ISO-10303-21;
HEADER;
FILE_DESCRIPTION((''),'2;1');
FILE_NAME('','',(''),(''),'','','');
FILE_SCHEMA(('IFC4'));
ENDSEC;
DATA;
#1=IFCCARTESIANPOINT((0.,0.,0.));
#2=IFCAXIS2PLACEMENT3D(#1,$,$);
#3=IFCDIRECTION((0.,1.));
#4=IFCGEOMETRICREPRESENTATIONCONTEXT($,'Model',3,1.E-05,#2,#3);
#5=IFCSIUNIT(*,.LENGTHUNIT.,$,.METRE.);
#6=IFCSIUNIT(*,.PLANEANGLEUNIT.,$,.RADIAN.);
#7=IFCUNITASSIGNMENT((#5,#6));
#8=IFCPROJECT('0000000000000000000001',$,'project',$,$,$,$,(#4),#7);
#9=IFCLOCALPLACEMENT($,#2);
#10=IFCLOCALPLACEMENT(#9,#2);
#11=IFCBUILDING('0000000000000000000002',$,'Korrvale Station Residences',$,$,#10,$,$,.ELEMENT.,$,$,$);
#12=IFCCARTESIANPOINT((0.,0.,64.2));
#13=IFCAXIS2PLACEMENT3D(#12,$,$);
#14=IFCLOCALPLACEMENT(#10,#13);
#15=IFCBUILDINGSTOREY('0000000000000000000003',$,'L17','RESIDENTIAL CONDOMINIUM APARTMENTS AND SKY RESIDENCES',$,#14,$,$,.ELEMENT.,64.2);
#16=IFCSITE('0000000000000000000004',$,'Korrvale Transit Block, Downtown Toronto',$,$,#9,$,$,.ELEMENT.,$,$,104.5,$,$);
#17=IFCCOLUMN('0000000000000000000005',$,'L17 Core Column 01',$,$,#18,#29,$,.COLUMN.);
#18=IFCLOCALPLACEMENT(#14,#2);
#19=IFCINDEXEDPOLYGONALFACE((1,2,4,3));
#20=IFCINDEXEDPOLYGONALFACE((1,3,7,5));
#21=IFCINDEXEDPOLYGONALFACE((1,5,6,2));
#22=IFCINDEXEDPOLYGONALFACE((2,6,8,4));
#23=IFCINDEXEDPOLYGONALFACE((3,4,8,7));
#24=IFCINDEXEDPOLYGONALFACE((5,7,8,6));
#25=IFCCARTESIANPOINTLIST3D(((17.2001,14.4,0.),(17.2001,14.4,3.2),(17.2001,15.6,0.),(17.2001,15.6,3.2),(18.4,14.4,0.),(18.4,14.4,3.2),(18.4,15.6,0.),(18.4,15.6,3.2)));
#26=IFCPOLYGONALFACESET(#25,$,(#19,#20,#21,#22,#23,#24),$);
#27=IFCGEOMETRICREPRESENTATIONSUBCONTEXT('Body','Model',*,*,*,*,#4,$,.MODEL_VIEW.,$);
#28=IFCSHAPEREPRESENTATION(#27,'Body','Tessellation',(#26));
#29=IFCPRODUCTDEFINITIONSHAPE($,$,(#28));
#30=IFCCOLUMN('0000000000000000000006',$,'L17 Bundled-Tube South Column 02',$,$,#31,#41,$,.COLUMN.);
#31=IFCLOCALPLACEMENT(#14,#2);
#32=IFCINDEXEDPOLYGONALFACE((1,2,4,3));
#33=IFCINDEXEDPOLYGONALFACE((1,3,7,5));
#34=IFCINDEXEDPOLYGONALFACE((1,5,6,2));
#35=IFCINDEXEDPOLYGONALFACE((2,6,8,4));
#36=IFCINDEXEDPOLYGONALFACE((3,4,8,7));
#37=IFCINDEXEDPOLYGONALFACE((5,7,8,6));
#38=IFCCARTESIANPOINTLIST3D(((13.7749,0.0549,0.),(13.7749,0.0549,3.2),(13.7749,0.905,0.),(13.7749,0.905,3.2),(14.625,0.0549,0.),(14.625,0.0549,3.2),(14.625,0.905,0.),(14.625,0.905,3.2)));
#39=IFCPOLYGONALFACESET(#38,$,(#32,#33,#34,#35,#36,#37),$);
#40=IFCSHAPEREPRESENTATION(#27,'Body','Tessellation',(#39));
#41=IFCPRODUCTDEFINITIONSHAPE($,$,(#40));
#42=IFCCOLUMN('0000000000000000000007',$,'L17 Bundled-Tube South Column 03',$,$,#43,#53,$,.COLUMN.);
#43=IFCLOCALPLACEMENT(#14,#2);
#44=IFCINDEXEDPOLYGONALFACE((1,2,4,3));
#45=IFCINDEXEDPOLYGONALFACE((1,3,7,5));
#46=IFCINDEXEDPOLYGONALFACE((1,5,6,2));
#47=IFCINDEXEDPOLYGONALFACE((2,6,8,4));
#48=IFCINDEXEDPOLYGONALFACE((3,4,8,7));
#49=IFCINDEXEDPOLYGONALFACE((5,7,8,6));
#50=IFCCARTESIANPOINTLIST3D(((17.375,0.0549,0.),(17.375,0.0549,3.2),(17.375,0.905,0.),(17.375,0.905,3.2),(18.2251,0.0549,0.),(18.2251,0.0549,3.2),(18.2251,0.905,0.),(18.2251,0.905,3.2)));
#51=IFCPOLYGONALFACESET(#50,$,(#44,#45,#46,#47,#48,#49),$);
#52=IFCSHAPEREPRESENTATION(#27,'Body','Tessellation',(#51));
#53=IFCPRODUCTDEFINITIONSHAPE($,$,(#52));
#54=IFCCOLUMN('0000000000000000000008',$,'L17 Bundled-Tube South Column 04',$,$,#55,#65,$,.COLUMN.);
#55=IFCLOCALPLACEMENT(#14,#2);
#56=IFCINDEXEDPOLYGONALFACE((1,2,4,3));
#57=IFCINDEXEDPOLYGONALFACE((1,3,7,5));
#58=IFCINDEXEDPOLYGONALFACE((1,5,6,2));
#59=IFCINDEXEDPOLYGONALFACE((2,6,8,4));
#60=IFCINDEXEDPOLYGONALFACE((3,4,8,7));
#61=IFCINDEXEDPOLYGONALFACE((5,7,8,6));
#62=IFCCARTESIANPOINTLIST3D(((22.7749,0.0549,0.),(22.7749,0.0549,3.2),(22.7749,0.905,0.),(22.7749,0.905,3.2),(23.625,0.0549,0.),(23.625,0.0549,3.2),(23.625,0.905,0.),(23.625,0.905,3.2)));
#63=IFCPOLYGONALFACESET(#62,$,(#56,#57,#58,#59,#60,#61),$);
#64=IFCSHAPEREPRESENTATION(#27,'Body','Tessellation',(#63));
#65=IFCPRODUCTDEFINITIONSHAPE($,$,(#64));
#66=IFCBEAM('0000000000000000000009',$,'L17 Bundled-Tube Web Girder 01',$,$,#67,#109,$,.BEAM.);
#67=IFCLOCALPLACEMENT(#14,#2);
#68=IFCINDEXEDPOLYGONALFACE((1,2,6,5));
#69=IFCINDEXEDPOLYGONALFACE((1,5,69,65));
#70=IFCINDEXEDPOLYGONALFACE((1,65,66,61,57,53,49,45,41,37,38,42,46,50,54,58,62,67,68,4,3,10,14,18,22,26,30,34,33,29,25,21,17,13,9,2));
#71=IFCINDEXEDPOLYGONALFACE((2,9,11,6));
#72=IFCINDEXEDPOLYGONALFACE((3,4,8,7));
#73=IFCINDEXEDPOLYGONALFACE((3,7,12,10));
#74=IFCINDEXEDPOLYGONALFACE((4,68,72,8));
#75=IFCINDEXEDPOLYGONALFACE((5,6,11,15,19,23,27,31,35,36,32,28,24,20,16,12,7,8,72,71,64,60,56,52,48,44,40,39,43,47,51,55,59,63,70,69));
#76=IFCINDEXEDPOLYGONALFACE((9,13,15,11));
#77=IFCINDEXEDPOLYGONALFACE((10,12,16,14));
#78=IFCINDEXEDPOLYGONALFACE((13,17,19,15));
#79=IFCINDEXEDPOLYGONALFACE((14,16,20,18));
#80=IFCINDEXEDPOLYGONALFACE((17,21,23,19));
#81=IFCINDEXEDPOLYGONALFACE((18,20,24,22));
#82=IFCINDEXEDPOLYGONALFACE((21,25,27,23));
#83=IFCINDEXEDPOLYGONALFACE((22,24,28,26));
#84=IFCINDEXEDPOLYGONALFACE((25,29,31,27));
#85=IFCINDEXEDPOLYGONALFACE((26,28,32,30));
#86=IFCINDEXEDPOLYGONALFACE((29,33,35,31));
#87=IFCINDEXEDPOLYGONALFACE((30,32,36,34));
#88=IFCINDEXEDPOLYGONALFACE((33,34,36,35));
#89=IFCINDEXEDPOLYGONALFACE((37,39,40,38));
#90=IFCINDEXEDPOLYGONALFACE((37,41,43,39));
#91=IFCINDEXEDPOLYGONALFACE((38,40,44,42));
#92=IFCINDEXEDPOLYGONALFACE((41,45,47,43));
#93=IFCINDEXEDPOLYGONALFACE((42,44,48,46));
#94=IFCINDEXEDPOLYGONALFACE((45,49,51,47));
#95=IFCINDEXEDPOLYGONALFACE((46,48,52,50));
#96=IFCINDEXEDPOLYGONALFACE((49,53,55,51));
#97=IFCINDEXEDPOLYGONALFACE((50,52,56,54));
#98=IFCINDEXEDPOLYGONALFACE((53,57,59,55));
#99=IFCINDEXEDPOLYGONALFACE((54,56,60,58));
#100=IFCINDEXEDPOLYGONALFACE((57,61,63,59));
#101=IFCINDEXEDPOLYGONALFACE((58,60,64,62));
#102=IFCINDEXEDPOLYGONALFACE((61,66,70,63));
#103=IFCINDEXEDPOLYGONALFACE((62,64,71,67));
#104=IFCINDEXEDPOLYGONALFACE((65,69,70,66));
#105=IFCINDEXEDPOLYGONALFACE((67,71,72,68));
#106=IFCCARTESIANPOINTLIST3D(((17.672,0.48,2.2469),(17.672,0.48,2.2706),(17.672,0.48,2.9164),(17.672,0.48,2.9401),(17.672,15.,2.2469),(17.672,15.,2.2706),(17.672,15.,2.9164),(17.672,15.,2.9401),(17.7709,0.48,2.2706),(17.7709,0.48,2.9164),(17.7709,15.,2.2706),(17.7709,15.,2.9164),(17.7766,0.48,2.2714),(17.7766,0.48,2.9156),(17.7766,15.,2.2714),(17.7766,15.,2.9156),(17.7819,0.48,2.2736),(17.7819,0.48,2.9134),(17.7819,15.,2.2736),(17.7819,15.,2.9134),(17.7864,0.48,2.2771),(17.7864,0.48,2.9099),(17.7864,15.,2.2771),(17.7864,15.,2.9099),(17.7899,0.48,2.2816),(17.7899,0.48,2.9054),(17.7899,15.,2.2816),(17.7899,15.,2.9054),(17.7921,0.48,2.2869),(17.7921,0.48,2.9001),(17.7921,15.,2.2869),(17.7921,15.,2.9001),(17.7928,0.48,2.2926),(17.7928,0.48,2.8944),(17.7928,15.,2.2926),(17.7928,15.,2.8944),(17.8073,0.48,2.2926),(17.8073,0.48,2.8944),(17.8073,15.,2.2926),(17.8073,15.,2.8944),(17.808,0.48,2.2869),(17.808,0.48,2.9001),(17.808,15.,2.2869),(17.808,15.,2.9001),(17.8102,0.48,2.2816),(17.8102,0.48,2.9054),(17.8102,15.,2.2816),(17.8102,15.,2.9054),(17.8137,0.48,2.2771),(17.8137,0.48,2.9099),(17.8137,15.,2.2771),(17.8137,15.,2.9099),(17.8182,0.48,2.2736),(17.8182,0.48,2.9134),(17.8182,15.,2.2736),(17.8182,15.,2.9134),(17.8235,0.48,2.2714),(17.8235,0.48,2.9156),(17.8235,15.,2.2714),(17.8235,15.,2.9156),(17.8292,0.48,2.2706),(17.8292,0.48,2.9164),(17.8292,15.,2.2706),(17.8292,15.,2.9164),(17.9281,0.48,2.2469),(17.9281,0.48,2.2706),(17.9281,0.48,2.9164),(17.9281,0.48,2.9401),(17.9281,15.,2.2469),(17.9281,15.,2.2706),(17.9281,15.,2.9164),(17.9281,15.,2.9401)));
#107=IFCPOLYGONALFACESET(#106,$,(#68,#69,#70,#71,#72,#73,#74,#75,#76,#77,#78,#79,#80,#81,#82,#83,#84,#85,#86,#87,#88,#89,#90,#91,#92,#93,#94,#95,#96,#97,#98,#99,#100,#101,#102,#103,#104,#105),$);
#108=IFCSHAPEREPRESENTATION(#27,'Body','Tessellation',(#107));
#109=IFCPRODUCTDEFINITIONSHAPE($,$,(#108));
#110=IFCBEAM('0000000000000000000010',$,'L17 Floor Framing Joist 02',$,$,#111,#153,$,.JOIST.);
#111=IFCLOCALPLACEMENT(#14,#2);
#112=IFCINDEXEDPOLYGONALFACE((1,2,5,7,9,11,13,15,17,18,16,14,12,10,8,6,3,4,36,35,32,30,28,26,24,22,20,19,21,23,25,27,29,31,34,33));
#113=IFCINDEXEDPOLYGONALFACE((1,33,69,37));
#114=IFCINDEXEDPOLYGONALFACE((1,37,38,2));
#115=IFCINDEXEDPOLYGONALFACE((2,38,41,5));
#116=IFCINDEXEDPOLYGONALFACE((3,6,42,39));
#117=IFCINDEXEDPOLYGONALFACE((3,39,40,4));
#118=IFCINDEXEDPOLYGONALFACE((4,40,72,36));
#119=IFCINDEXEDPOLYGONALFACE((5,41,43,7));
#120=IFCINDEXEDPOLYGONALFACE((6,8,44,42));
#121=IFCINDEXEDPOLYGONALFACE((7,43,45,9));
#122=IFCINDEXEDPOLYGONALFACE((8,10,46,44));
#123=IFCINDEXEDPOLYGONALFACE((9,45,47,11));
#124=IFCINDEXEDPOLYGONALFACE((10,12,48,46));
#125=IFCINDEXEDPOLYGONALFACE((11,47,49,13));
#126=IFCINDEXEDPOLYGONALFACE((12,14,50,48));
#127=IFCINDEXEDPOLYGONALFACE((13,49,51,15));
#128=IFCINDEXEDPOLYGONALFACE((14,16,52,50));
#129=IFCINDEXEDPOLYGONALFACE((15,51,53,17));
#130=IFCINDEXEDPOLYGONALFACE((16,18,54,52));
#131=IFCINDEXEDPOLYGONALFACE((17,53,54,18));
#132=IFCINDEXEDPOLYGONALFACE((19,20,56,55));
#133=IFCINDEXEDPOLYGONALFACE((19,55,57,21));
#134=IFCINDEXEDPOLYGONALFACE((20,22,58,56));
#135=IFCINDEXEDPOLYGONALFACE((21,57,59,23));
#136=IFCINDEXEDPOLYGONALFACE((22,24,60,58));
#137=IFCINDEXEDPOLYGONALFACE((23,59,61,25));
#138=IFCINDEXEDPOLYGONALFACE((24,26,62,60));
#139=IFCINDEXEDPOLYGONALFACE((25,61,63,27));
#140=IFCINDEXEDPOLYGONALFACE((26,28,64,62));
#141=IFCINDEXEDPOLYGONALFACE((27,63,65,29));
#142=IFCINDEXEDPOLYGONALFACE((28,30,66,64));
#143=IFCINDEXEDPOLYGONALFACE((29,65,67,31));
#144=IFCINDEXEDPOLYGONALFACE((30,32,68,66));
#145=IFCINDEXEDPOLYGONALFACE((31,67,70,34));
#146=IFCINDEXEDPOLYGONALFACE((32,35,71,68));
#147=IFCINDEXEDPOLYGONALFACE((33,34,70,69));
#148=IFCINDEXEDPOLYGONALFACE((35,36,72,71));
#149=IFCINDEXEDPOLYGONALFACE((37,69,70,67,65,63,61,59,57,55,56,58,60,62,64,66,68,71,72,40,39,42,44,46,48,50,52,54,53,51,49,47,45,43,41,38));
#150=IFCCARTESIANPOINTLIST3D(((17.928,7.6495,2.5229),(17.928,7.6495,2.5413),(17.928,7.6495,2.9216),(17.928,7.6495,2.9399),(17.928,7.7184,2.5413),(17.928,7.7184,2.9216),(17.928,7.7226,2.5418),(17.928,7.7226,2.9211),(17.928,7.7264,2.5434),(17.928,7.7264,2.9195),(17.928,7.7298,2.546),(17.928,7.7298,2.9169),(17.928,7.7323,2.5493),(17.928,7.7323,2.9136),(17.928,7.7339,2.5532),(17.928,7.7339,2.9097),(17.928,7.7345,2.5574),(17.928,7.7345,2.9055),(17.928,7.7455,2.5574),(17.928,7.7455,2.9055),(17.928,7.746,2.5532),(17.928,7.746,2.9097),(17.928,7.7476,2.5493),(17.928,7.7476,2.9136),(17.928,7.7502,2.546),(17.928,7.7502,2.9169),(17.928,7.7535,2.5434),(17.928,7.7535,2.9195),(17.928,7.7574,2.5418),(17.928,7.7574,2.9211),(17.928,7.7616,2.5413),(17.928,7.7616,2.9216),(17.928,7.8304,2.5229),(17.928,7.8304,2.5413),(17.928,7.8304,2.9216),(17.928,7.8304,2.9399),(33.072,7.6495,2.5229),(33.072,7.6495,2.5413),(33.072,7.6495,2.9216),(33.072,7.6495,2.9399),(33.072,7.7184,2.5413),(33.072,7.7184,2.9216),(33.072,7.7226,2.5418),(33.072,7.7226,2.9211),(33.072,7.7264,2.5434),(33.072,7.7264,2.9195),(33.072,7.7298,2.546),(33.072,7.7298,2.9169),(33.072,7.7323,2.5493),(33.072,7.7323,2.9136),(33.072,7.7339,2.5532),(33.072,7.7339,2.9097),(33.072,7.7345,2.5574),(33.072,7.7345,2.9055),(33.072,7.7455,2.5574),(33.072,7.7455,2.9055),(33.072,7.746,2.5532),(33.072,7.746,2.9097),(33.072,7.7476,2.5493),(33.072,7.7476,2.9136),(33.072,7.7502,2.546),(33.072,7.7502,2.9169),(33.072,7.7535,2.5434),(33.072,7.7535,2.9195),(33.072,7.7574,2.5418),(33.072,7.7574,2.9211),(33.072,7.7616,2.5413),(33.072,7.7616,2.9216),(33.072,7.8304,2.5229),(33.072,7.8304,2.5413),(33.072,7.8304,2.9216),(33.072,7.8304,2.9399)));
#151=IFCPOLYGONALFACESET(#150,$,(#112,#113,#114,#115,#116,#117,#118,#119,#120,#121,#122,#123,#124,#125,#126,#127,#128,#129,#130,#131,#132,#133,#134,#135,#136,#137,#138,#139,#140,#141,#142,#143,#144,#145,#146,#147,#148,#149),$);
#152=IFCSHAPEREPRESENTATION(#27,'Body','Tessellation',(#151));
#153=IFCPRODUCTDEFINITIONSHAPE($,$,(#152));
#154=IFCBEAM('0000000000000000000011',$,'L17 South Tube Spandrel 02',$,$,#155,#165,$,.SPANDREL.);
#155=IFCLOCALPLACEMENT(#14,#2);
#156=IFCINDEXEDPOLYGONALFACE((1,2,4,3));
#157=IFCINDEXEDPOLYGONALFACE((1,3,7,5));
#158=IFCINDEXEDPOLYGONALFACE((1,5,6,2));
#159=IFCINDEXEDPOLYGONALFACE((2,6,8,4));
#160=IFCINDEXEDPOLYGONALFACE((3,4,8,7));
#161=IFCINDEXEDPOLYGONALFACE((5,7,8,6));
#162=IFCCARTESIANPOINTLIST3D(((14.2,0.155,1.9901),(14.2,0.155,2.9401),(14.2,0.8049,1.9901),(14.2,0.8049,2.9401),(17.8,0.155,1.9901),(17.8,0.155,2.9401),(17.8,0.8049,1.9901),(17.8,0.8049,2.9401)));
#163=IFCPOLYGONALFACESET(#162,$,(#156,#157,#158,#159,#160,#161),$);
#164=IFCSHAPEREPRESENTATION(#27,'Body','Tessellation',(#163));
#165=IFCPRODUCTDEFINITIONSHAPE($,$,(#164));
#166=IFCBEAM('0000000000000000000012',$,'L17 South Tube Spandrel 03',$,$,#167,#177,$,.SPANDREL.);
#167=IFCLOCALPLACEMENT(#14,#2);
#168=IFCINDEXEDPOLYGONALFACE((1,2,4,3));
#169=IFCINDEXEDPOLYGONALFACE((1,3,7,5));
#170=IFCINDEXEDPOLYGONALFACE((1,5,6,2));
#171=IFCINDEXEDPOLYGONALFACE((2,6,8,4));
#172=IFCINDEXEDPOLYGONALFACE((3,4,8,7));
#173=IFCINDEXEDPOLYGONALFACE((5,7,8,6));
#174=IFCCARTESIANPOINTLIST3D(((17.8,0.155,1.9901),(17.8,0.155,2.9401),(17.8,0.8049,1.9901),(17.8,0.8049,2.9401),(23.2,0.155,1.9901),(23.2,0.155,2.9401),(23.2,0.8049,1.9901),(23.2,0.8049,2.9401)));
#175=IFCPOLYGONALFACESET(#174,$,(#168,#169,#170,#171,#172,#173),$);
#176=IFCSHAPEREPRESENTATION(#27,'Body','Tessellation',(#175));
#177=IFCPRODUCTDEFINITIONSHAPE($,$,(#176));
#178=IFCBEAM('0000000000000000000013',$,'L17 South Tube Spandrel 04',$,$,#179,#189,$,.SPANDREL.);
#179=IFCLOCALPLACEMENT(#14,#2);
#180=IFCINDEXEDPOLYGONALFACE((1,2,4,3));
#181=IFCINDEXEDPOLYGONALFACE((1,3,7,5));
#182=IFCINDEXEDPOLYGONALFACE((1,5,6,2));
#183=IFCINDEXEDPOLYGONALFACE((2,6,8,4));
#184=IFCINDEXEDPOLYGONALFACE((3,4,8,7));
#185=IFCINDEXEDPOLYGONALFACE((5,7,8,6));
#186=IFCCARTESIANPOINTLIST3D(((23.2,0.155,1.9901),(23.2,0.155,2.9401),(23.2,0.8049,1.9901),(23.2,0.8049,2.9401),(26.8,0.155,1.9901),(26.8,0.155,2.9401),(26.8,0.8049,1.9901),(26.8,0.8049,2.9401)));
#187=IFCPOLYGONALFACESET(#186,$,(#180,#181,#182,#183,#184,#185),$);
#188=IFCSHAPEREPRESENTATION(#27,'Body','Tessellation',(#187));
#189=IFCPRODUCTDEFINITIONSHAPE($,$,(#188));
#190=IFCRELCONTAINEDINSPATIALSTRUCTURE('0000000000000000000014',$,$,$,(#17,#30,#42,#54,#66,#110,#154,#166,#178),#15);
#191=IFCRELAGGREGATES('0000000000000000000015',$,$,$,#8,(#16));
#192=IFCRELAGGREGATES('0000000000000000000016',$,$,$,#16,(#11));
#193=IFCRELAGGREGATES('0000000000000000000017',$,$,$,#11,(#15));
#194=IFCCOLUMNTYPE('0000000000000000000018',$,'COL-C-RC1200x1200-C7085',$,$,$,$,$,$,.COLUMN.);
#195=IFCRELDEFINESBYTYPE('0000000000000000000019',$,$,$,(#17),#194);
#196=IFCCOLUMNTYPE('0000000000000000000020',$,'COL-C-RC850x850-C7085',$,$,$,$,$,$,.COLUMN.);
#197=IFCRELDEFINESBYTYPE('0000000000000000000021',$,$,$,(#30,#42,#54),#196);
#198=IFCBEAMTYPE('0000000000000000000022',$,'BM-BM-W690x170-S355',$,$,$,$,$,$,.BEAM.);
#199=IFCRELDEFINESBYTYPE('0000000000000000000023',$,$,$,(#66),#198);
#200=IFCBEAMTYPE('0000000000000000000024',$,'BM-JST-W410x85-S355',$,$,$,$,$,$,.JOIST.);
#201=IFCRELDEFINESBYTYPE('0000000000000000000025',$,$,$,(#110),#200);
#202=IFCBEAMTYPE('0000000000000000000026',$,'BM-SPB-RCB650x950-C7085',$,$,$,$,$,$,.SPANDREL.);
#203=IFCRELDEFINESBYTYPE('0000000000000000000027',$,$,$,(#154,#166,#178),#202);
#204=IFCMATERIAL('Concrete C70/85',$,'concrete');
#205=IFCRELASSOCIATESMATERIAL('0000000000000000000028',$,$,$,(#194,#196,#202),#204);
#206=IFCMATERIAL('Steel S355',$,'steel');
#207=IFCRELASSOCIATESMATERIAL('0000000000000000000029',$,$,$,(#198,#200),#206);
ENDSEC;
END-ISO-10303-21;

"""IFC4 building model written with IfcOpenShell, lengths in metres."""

from ifc_helpers import new_model, si_unit, direction, frame, origin, origin_2d, place, context, subcontext, project, spatial, rectangle, i_section, extrude, material, material_profile, profile_set, type_object, element, save


model = new_model("IFC4")

# Units and contexts
model_context = context("Model", 3, precision=1e-05, world=origin(), true_north=direction((0.0, 1.0)))
body_context = subcontext(model_context, "Body", "Model", "MODEL_VIEW")
ifc_project = project(units=[si_unit("LENGTHUNIT", "METRE"), si_unit("PLANEANGLEUNIT", "RADIAN")], contexts=[model_context])

# Site, building, storey
site_placement = place(None, origin())
site = spatial("IfcSite", under=ifc_project, at=site_placement, Name="Korrvale Transit Block, Downtown Toronto", CompositionType="ELEMENT", RefElevation=104.5)
building_placement = place(site_placement, origin())
building = spatial("IfcBuilding", under=site, at=building_placement, Name="Korrvale Station Residences", CompositionType="ELEMENT")
storey_placement = place(building_placement, frame((0.0, 0.0, 64.2)))
storey = spatial("IfcBuildingStorey", under=building, at=storey_placement, Name="L17", Description="RESIDENTIAL CONDOMINIUM APARTMENTS AND SKY RESIDENCES", CompositionType="ELEMENT", Elevation=64.2)

# Columns
ifc_material_1 = material(Name="Concrete C70/85", Category="concrete")
ifc_material_profile_1 = material_profile(ifc_material_1, rectangle(XDim=1.2, YDim=1.2, at=origin_2d()), Name="RC1200x1200")
ifc_profile_set_1 = profile_set([ifc_material_profile_1], Name="Concrete C70/85")
column_type_1 = type_object("IfcColumnType", Name="COL-C-RC1200x1200-C7085", PredefinedType="COLUMN", material=ifc_profile_set_1)
column_placement = place(storey_placement, frame((17.8, 15.0, 0.0), z_axis=(0.0, 0.0, 1.0), x_axis=(1.0, 0.0, 0.0)))
element("IfcColumn", 1, at=column_placement, inside=storey, type_object=column_type_1, Name="L17 Core Column 01", PredefinedType="COLUMN", context=body_context, shape_type="SweptSolid", body=[
    extrude(rectangle(XDim=1.2, YDim=1.2, at=origin_2d()), origin(), (0.0, 0.0, 1.0), 3.2),
])
ifc_material_profile_2 = material_profile(ifc_material_1, rectangle(XDim=0.8501, YDim=0.8501, at=origin_2d()), Name="RC850x850")
ifc_profile_set_2 = profile_set([ifc_material_profile_2], Name="Concrete C70/85")
column_type_2 = type_object("IfcColumnType", Name="COL-C-RC850x850-C7085", PredefinedType="COLUMN", material=ifc_profile_set_2)
for number, where, z_axis, x_axis, name in (
    (2, (14.2, 0.48, 0.0), (0.0, 0.0, 1.0), (1.0, 0.0, 0.0), "L17 Bundled-Tube South Column 02"),
    (3, (17.8, 0.48, 0.0), (0.0, 0.0, 1.0), (1.0, 0.0, 0.0), "L17 Bundled-Tube South Column 03"),
    (4, (23.2, 0.48, 0.0), (0.0, 0.0, 1.0), (1.0, 0.0, 0.0), "L17 Bundled-Tube South Column 04"),
):
    element("IfcColumn", number, at=place(storey_placement, frame(where, z_axis=z_axis, x_axis=x_axis)), inside=storey, type_object=column_type_2, Name=name, PredefinedType="COLUMN", context=body_context, shape_type="SweptSolid", body=[
        extrude(rectangle(XDim=0.8501, YDim=0.8501, at=origin_2d()), origin(), (0.0, 0.0, 1.0), 3.2),
    ])

# Beams
ifc_material_2 = material(Name="Steel S355", Category="steel")
ifc_material_profile_3 = material_profile(ifc_material_2, i_section(OverallWidth=0.2561, OverallDepth=0.6931, WebThickness=0.0144, FlangeThickness=0.0237, FilletRadius=0.022, at=origin_2d()), Name="W690x170")
ifc_profile_set_3 = profile_set([ifc_material_profile_3], Name="Steel S355")
beam_type_1 = type_object("IfcBeamType", Name="BM-BM-W690x170-S355", PredefinedType="BEAM", material=ifc_profile_set_3)
beam_1_placement = place(storey_placement, frame((17.8, 0.48, 2.5935), z_axis=(0.0, 1.0, 0.0), x_axis=(-1.0, 0.0, 0.0)))
element("IfcBeam", 5, at=beam_1_placement, inside=storey, type_object=beam_type_1, Name="L17 Bundled-Tube Web Girder 01", PredefinedType="BEAM", context=body_context, shape_type="SweptSolid", body=[
    extrude(i_section(OverallWidth=0.2561, OverallDepth=0.6931, WebThickness=0.0144, FlangeThickness=0.0237, FilletRadius=0.022, at=origin_2d()), origin(), (0.0, 0.0, 1.0), 14.52),
])
ifc_material_profile_4 = material_profile(ifc_material_2, i_section(OverallWidth=0.1809, OverallDepth=0.417, WebThickness=0.011, FlangeThickness=0.0183, FilletRadius=0.0161, at=origin_2d()), Name="W410x85")
ifc_profile_set_4 = profile_set([ifc_material_profile_4], Name="Steel S355")
beam_type_2 = type_object("IfcBeamType", Name="BM-JST-W410x85-S355", PredefinedType="JOIST", material=ifc_profile_set_4)
beam_2_placement = place(storey_placement, frame((17.928, 7.74, 2.7314), z_axis=(1.0, 0.0, 0.0), x_axis=(0.0, 1.0, 0.0)))
element("IfcBeam", 6, at=beam_2_placement, inside=storey, type_object=beam_type_2, Name="L17 Floor Framing Joist 02", PredefinedType="JOIST", context=body_context, shape_type="SweptSolid", body=[
    extrude(i_section(OverallWidth=0.1809, OverallDepth=0.417, WebThickness=0.011, FlangeThickness=0.0183, FilletRadius=0.0161, at=origin_2d()), origin(), (0.0, 0.0, 1.0), 15.144),
])
ifc_material_profile_5 = material_profile(ifc_material_1, rectangle(XDim=0.6499, YDim=0.95, at=origin_2d()), Name="RCB650x950")
ifc_profile_set_5 = profile_set([ifc_material_profile_5], Name="Concrete C70/85")
beam_type_3 = type_object("IfcBeamType", Name="BM-SPB-RCB650x950-C7085", PredefinedType="SPANDREL", material=ifc_profile_set_5)
beam_3_placement = place(storey_placement, frame((14.2, 0.48, 2.4651), z_axis=(1.0, 0.0, 0.0), x_axis=(0.0, 1.0, 0.0)))
element("IfcBeam", 7, at=beam_3_placement, inside=storey, type_object=beam_type_3, Name="L17 South Tube Spandrel 02", PredefinedType="SPANDREL", context=body_context, shape_type="SweptSolid", body=[
    extrude(rectangle(XDim=0.6499, YDim=0.95, at=origin_2d()), origin(), (0.0, 0.0, 1.0), 3.6001),
])
beam_4_placement = place(storey_placement, frame((17.8, 0.48, 2.4651), z_axis=(1.0, 0.0, 0.0), x_axis=(0.0, 1.0, 0.0)))
element("IfcBeam", 8, at=beam_4_placement, inside=storey, type_object=beam_type_3, Name="L17 South Tube Spandrel 03", PredefinedType="SPANDREL", context=body_context, shape_type="SweptSolid", body=[
    extrude(rectangle(XDim=0.6499, YDim=0.95, at=origin_2d()), origin(), (0.0, 0.0, 1.0), 5.3999),
])
beam_5_placement = place(storey_placement, frame((23.2, 0.48, 2.4651), z_axis=(1.0, 0.0, 0.0), x_axis=(0.0, 1.0, 0.0)))
element("IfcBeam", 9, at=beam_5_placement, inside=storey, type_object=beam_type_3, Name="L17 South Tube Spandrel 04", PredefinedType="SPANDREL", context=body_context, shape_type="SweptSolid", body=[
    extrude(rectangle(XDim=0.6499, YDim=0.95, at=origin_2d()), origin(), (0.0, 0.0, 1.0), 3.6001),
])

save(model, "model.ifc")
